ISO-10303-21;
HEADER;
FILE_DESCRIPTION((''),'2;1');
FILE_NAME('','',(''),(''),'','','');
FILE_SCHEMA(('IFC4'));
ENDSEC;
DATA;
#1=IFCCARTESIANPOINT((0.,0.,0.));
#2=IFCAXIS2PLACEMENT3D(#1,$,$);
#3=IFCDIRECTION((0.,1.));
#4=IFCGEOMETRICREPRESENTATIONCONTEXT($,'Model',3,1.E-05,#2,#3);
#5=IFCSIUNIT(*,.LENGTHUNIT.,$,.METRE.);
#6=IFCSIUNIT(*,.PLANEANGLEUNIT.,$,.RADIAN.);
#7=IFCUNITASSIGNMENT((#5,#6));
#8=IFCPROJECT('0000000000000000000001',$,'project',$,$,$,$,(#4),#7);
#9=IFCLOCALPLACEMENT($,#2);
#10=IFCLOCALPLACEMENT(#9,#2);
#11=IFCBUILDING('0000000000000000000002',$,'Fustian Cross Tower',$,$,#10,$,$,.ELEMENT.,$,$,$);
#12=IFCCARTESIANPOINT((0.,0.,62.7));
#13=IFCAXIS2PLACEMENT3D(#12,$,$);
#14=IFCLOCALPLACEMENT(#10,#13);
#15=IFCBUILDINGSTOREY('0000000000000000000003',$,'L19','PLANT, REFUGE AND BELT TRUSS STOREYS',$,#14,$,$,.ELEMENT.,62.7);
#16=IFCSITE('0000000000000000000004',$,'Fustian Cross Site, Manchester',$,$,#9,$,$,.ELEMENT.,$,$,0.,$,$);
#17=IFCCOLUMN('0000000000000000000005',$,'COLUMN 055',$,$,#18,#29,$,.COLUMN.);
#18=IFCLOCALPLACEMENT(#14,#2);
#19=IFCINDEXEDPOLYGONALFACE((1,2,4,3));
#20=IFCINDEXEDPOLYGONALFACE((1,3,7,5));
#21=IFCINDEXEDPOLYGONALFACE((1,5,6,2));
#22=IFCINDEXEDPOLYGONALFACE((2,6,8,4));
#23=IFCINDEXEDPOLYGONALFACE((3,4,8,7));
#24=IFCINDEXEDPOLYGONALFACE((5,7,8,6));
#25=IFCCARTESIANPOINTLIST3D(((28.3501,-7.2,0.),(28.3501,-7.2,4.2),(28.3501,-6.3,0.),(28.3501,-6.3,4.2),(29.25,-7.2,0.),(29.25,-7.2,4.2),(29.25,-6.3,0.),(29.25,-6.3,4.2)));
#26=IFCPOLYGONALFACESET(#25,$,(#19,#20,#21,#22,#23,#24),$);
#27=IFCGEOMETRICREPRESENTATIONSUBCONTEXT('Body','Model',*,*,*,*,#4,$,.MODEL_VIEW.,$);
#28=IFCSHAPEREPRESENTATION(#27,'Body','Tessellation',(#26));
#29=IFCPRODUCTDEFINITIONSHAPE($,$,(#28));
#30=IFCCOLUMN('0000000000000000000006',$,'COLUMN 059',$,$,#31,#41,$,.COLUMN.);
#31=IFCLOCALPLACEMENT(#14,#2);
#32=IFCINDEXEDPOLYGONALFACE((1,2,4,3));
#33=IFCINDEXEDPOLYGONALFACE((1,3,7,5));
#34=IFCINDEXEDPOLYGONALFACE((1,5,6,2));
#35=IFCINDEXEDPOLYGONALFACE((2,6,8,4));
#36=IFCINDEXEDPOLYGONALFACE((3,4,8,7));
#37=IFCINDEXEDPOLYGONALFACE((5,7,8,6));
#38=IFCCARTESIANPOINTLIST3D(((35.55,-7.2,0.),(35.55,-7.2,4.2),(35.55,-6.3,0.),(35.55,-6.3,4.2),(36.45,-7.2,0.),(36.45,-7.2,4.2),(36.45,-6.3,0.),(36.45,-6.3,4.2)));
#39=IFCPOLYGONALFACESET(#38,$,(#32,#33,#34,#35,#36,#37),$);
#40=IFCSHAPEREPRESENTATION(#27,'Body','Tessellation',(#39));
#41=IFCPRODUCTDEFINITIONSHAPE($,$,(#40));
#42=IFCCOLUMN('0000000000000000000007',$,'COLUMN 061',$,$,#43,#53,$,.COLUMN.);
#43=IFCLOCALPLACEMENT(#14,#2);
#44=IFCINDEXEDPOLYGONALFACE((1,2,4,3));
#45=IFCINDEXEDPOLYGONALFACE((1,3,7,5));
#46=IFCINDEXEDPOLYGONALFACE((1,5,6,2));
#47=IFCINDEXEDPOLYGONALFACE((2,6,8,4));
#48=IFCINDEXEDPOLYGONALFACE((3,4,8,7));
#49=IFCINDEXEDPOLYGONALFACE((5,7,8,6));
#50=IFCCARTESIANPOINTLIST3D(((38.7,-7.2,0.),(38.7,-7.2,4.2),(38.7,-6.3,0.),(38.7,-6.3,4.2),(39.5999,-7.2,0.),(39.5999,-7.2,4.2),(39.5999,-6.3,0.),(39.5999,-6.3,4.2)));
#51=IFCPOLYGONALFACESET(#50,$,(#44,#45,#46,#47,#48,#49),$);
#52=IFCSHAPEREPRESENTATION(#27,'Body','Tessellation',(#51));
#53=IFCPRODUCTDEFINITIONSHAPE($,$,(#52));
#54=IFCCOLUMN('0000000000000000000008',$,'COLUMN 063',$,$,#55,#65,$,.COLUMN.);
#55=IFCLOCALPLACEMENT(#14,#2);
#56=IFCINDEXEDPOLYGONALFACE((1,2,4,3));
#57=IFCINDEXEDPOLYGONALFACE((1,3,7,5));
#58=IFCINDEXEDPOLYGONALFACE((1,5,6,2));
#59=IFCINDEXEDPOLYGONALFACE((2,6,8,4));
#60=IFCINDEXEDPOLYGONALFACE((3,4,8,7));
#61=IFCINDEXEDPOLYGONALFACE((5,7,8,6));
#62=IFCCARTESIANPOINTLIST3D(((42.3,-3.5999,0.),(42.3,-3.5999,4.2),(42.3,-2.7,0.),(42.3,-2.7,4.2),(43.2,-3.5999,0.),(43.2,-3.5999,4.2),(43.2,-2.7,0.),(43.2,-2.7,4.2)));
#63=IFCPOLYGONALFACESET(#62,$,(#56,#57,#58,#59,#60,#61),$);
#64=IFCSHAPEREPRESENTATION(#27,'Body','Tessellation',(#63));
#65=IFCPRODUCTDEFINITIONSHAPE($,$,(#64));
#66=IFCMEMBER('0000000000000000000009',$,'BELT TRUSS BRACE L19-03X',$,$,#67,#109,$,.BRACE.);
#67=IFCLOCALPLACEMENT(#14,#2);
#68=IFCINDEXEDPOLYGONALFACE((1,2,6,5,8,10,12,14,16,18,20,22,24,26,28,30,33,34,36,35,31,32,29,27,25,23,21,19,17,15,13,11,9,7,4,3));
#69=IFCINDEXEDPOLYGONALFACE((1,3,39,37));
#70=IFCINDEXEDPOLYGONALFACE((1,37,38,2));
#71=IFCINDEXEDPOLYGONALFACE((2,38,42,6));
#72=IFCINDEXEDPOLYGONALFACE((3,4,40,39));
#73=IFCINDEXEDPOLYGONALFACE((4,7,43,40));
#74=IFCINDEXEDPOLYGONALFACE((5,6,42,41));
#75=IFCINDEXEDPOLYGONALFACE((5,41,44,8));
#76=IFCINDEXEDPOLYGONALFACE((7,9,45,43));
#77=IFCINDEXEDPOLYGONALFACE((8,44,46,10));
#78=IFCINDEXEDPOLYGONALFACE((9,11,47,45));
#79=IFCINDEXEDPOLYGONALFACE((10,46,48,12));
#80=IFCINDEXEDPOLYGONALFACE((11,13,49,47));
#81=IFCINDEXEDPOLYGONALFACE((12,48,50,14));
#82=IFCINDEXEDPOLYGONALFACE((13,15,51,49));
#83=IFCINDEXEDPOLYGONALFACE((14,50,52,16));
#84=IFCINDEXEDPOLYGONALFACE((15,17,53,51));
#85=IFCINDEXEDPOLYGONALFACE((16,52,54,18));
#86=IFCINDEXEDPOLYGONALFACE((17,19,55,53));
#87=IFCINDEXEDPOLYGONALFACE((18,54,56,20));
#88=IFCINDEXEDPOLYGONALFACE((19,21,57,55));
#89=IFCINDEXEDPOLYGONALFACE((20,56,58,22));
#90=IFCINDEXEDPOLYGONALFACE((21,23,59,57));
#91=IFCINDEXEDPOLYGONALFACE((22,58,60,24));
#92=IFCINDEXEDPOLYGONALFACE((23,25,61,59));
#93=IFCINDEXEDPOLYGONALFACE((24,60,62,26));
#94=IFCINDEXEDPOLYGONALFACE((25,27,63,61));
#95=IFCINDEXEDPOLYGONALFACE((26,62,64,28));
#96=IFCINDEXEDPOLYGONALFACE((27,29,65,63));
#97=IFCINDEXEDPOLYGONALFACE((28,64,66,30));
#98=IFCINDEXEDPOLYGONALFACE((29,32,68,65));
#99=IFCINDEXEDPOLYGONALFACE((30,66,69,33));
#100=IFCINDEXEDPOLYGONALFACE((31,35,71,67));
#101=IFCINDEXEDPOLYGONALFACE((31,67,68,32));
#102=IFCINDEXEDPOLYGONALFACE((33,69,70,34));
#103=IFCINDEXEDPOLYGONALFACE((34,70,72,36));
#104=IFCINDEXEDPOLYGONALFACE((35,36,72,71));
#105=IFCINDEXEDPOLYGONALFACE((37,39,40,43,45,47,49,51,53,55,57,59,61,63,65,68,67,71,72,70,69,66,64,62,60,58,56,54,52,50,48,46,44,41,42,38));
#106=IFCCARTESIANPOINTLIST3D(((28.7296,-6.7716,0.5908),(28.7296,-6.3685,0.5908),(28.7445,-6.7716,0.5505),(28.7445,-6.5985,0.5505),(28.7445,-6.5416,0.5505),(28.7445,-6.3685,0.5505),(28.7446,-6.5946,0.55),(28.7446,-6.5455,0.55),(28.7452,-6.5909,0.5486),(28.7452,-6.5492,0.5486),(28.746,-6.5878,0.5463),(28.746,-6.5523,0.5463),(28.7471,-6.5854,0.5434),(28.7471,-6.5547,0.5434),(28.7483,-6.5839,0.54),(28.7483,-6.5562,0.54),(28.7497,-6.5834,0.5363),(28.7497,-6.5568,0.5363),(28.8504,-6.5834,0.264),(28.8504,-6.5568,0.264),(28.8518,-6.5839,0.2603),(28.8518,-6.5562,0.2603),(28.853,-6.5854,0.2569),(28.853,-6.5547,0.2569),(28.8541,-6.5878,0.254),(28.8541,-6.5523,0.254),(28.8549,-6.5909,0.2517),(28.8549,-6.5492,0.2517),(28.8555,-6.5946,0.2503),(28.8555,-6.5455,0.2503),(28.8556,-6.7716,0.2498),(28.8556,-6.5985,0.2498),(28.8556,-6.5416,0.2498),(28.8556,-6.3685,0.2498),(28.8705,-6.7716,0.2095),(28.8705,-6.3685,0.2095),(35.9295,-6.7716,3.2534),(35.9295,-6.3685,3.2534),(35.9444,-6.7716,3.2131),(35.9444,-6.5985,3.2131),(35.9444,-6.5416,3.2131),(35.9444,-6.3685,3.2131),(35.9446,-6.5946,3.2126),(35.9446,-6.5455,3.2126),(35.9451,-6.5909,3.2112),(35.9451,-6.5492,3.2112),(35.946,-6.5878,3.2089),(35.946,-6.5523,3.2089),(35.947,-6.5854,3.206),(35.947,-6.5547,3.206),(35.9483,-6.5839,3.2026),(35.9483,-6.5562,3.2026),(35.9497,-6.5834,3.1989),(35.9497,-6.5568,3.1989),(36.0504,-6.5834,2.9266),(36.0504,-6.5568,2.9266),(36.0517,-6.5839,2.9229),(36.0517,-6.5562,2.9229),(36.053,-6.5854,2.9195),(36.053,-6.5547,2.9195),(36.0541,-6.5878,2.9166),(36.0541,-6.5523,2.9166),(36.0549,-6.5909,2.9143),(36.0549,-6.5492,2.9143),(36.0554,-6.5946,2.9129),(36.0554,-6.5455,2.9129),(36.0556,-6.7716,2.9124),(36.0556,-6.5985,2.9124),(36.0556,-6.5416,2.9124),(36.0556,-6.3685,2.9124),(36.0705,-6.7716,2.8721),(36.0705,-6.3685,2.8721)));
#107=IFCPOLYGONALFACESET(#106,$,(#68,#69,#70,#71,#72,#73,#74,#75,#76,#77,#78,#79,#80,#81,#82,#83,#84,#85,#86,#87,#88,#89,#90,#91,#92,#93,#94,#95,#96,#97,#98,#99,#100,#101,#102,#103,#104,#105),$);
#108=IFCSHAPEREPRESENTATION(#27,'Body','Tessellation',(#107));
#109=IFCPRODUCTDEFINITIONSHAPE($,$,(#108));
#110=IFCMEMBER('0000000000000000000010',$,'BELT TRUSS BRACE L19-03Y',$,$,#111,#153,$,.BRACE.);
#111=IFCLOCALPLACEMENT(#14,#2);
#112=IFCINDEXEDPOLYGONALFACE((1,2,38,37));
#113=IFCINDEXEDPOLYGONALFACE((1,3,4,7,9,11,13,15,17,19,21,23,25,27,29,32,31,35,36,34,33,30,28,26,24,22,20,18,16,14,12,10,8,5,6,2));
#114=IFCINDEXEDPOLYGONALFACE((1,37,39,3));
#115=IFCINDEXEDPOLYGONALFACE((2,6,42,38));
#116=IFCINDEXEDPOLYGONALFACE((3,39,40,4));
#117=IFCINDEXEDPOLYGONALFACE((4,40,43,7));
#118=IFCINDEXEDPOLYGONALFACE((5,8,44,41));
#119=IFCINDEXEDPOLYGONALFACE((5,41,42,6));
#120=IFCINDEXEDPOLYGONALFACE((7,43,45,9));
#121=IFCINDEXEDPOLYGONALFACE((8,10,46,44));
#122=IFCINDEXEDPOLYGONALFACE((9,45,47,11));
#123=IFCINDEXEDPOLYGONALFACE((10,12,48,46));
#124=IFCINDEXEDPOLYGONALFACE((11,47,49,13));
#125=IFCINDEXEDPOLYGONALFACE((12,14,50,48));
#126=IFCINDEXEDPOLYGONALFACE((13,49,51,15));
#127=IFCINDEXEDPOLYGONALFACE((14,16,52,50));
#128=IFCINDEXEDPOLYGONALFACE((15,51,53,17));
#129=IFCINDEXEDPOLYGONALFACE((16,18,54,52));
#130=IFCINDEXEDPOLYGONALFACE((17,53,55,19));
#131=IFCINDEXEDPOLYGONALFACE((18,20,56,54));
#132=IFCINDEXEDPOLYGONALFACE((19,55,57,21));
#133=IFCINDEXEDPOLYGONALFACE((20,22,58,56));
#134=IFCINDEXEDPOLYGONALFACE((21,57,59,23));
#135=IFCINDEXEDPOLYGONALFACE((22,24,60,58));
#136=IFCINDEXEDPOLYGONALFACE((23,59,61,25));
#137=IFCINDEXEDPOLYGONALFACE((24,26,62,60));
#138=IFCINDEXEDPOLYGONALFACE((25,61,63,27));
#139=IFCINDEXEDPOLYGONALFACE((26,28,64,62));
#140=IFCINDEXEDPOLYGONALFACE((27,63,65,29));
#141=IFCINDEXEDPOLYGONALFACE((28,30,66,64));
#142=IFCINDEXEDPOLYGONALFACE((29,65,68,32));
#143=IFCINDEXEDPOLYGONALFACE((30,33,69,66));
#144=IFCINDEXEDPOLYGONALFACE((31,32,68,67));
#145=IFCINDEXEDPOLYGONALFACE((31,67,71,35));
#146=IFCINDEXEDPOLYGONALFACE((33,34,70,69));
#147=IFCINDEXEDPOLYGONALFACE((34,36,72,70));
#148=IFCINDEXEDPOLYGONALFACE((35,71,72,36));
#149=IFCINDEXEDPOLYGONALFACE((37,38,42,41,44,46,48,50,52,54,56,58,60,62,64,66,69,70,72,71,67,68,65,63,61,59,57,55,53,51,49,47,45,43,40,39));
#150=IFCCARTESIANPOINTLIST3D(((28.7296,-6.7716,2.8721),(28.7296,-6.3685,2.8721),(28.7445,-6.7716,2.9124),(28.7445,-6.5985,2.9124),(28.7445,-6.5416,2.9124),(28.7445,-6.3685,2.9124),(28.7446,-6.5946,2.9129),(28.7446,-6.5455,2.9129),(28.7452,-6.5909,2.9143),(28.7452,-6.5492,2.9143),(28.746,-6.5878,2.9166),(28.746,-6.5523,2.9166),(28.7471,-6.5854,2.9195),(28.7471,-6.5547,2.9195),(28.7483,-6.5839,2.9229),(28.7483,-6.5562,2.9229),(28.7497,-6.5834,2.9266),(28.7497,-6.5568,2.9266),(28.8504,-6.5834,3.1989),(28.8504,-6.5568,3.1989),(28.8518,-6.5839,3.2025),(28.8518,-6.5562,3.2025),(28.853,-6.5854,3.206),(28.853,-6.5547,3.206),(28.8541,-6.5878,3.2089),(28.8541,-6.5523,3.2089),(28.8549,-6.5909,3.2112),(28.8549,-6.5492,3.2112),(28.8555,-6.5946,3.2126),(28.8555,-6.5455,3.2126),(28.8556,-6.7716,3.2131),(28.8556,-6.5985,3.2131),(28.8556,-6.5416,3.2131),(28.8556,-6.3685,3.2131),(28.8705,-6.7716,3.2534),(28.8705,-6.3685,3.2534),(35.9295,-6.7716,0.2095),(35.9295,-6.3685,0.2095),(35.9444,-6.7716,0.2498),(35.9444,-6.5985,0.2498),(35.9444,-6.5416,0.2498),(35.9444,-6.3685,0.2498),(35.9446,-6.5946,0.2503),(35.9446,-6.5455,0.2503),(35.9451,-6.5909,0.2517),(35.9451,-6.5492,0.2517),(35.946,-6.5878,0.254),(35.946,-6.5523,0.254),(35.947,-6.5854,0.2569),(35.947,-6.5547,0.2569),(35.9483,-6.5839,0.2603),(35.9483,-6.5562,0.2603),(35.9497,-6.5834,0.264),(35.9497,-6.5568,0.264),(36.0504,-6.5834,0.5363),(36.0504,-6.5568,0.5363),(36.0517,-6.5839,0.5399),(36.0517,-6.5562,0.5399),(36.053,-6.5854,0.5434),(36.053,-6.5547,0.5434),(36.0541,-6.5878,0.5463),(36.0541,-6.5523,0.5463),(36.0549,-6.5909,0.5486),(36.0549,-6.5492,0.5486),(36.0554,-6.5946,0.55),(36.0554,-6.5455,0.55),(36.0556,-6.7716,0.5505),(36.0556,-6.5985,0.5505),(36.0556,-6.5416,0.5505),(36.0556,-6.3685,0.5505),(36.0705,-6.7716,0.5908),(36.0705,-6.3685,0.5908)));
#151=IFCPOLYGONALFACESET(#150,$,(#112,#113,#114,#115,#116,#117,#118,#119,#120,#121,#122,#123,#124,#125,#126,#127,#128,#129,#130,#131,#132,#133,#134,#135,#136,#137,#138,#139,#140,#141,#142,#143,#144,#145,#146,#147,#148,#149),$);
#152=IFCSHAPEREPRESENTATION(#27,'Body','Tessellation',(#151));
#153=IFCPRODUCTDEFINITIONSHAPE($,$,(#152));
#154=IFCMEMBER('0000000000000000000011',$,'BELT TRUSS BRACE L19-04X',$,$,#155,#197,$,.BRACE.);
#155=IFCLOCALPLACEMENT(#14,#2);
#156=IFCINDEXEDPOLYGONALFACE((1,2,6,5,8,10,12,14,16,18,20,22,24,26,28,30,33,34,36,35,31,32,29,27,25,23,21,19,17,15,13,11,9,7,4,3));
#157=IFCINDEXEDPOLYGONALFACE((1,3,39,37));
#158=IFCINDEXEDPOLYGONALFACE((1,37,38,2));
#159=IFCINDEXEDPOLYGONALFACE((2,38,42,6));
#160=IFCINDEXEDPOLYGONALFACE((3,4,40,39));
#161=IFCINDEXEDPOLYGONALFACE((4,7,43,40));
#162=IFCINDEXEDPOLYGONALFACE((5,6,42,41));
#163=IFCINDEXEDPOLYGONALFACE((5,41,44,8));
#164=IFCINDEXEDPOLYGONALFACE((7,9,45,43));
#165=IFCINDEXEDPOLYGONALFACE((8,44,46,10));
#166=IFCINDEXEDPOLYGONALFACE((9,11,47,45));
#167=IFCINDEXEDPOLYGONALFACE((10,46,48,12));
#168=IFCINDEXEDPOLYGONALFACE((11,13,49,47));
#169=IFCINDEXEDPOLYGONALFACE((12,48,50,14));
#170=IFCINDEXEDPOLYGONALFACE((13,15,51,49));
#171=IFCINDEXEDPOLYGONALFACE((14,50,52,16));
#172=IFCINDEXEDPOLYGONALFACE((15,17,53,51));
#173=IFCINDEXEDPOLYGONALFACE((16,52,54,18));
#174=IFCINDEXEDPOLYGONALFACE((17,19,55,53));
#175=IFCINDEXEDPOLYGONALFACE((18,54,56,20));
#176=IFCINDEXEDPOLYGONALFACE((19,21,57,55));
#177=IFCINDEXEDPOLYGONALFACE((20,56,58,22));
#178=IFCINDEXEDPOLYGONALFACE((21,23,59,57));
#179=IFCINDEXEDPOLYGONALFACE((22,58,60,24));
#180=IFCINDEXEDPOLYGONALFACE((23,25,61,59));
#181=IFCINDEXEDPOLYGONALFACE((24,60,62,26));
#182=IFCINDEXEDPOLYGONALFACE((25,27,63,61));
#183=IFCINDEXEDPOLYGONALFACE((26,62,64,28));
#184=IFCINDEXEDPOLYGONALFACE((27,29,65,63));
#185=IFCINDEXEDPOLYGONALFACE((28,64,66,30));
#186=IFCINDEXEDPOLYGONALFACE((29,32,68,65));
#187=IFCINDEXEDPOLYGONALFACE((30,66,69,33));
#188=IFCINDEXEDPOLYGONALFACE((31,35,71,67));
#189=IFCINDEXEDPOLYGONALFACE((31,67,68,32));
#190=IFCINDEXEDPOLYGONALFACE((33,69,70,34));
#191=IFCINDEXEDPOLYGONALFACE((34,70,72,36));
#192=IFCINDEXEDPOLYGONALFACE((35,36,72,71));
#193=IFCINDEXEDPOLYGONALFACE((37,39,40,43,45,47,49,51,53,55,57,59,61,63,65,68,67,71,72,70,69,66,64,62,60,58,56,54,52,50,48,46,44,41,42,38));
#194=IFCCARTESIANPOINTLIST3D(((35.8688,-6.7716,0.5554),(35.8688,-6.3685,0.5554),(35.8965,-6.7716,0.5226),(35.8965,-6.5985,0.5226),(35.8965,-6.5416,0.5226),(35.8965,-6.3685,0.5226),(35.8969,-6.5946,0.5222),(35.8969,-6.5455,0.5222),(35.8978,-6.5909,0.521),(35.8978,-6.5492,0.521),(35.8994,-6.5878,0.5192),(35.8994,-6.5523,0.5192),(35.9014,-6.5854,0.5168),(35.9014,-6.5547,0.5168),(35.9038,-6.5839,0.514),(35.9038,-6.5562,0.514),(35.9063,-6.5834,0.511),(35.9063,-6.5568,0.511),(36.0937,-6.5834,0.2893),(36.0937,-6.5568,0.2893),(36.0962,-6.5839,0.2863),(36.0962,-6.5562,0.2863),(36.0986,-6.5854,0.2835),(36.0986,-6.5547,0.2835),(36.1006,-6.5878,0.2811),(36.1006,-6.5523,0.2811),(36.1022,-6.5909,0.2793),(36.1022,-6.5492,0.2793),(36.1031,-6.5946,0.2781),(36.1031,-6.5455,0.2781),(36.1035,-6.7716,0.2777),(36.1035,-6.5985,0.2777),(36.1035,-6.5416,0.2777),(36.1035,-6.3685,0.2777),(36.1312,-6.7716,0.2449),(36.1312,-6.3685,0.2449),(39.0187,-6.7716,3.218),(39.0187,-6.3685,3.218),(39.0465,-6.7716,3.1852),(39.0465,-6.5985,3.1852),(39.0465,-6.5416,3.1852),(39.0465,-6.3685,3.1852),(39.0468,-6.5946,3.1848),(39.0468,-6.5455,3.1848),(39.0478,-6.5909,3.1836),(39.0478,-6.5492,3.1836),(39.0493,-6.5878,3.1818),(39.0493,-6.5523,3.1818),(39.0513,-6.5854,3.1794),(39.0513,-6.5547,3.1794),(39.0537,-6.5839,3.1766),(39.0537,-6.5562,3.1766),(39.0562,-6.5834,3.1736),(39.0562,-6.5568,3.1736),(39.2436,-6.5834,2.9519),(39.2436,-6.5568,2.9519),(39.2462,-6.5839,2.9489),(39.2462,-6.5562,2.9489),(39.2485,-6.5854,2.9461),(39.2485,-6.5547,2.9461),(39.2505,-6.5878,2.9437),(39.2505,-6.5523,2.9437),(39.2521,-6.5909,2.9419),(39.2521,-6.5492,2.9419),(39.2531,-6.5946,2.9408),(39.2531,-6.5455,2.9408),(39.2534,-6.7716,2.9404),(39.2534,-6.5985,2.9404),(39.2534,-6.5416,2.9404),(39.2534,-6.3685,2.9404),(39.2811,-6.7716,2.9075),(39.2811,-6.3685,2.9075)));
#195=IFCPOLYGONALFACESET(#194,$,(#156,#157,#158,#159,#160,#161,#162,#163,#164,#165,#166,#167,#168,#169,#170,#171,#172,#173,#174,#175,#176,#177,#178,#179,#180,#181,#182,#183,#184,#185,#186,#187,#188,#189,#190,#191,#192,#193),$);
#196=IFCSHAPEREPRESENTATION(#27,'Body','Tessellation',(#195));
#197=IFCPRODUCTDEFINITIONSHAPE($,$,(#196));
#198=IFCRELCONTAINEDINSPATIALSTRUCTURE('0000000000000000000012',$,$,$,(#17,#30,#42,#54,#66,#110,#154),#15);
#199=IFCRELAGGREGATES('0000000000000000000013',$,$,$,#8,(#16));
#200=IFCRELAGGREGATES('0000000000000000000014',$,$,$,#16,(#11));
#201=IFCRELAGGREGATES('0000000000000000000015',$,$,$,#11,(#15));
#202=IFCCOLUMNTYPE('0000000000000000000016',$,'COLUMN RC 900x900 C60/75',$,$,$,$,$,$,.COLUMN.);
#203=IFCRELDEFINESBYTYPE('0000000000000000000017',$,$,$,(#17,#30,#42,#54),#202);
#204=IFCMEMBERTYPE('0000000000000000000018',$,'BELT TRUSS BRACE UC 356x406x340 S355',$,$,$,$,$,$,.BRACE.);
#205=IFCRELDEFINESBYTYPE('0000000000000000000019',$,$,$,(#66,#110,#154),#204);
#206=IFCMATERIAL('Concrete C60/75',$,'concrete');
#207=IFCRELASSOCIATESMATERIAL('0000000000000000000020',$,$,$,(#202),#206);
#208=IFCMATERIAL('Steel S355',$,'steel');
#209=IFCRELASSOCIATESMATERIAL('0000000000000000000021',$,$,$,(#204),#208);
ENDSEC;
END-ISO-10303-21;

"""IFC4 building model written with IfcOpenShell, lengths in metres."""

from ifc_helpers import new_model, si_unit, direction, frame, origin, origin_2d, place, context, subcontext, project, spatial, rectangle, i_section, extrude, material, material_profile, profile_set, type_object, element, save


model = new_model("IFC4")

# Units and contexts
model_context = context("Model", 3, precision=1e-05, world=origin(), true_north=direction((0.0, 1.0)))
body_context = subcontext(model_context, "Body", "Model", "MODEL_VIEW")
ifc_project = project(units=[si_unit("LENGTHUNIT", "METRE"), si_unit("PLANEANGLEUNIT", "RADIAN")], contexts=[model_context])

# Site, building, storey
site_placement = place(None, origin())
site = spatial("IfcSite", under=ifc_project, at=site_placement, Name="Fustian Cross Site, Manchester", CompositionType="ELEMENT", RefElevation=0.0)
building_placement = place(site_placement, origin())
building = spatial("IfcBuilding", under=site, at=building_placement, Name="Fustian Cross Tower", CompositionType="ELEMENT")
storey_placement = place(building_placement, frame((0.0, 0.0, 62.7)))
storey = spatial("IfcBuildingStorey", under=building, at=storey_placement, Name="L19", Description="PLANT, REFUGE AND BELT TRUSS STOREYS", CompositionType="ELEMENT", Elevation=62.7)

# Columns
ifc_material_1 = material(Name="Concrete C60/75", Category="concrete")
ifc_material_profile_1 = material_profile(ifc_material_1, rectangle(XDim=0.8999, YDim=0.8999, at=origin_2d()), Name="RC 900x900")
ifc_profile_set_1 = profile_set([ifc_material_profile_1], Name="Concrete C60/75")
column_type = type_object("IfcColumnType", Name="COLUMN RC 900x900 C60/75", PredefinedType="COLUMN", material=ifc_profile_set_1)
for number, where, z_axis, x_axis, name in (
    (1, (28.8, -6.75, 0.0), (0.0, 0.0, 1.0), (1.0, 0.0, 0.0), "COLUMN 055"),
    (2, (36.0, -6.75, 0.0), (0.0, 0.0, 1.0), (1.0, 0.0, 0.0), "COLUMN 059"),
    (3, (39.1499, -6.75, 0.0), (0.0, 0.0, 1.0), (1.0, 0.0, 0.0), "COLUMN 061"),
    (4, (42.75, -3.1499, 0.0), (0.0, 0.0, 1.0), (1.0, 0.0, 0.0), "COLUMN 063"),
):
    element("IfcColumn", number, at=place(storey_placement, frame(where, z_axis=z_axis, x_axis=x_axis)), inside=storey, type_object=column_type, Name=name, PredefinedType="COLUMN", context=body_context, shape_type="SweptSolid", body=[
        extrude(rectangle(XDim=0.8999, YDim=0.8999, at=origin_2d()), origin(), (0.0, 0.0, 1.0), 4.2),
    ])

# Members
ifc_material_2 = material(Name="Steel S355", Category="steel")
ifc_material_profile_2 = material_profile(ifc_material_2, i_section(OverallWidth=0.4031, OverallDepth=0.4065, WebThickness=0.0266, FlangeThickness=0.043, FilletRadius=0.0151, at=origin_2d()), Name="UC 356x406x340")
ifc_profile_set_2 = profile_set([ifc_material_profile_2], Name="Steel S355")
member_type_1 = type_object("IfcMemberType", Name="BELT TRUSS BRACE UC 356x406x340 S355", PredefinedType="BRACE", material=ifc_profile_set_2)
for number, where, z_axis, x_axis, name in (
    (5, (28.8, -6.5701, 0.4001), (0.937921, 0.0, 0.34685), (0.0, 1.0, 0.0), "BELT TRUSS BRACE L19-03X"),
    (6, (28.8, -6.5701, 3.0627), (0.937921, 0.0, -0.34685), (0.0, 1.0, 0.0), "BELT TRUSS BRACE L19-03Y"),
):
    element("IfcMember", number, at=place(storey_placement, frame(where, z_axis=z_axis, x_axis=x_axis)), inside=storey, type_object=member_type_1, Name=name, PredefinedType="BRACE", context=body_context, shape_type="SweptSolid", body=[
        extrude(i_section(OverallWidth=0.4031, OverallDepth=0.4065, WebThickness=0.0266, FlangeThickness=0.043, FilletRadius=0.0151, at=origin_2d()), origin(), (0.0, 0.0, 1.0), 7.6765),
    ])
for number, where, z_axis, x_axis, name in (
    (7, (36.0, -6.5701, 0.4001), (0.76371, 0.0, 0.64556), (0.0, 1.0, 0.0), "BELT TRUSS BRACE L19-04X"),
):
    element("IfcMember", number, at=place(storey_placement, frame(where, z_axis=z_axis, x_axis=x_axis)), inside=storey, type_object=member_type_1, Name=name, PredefinedType="BRACE", context=body_context, shape_type="SweptSolid", body=[
        extrude(i_section(OverallWidth=0.4031, OverallDepth=0.4065, WebThickness=0.0266, FlangeThickness=0.043, FilletRadius=0.0151, at=origin_2d()), origin(), (0.0, 0.0, 1.0), 4.1245),
    ])

save(model, "model.ifc")
